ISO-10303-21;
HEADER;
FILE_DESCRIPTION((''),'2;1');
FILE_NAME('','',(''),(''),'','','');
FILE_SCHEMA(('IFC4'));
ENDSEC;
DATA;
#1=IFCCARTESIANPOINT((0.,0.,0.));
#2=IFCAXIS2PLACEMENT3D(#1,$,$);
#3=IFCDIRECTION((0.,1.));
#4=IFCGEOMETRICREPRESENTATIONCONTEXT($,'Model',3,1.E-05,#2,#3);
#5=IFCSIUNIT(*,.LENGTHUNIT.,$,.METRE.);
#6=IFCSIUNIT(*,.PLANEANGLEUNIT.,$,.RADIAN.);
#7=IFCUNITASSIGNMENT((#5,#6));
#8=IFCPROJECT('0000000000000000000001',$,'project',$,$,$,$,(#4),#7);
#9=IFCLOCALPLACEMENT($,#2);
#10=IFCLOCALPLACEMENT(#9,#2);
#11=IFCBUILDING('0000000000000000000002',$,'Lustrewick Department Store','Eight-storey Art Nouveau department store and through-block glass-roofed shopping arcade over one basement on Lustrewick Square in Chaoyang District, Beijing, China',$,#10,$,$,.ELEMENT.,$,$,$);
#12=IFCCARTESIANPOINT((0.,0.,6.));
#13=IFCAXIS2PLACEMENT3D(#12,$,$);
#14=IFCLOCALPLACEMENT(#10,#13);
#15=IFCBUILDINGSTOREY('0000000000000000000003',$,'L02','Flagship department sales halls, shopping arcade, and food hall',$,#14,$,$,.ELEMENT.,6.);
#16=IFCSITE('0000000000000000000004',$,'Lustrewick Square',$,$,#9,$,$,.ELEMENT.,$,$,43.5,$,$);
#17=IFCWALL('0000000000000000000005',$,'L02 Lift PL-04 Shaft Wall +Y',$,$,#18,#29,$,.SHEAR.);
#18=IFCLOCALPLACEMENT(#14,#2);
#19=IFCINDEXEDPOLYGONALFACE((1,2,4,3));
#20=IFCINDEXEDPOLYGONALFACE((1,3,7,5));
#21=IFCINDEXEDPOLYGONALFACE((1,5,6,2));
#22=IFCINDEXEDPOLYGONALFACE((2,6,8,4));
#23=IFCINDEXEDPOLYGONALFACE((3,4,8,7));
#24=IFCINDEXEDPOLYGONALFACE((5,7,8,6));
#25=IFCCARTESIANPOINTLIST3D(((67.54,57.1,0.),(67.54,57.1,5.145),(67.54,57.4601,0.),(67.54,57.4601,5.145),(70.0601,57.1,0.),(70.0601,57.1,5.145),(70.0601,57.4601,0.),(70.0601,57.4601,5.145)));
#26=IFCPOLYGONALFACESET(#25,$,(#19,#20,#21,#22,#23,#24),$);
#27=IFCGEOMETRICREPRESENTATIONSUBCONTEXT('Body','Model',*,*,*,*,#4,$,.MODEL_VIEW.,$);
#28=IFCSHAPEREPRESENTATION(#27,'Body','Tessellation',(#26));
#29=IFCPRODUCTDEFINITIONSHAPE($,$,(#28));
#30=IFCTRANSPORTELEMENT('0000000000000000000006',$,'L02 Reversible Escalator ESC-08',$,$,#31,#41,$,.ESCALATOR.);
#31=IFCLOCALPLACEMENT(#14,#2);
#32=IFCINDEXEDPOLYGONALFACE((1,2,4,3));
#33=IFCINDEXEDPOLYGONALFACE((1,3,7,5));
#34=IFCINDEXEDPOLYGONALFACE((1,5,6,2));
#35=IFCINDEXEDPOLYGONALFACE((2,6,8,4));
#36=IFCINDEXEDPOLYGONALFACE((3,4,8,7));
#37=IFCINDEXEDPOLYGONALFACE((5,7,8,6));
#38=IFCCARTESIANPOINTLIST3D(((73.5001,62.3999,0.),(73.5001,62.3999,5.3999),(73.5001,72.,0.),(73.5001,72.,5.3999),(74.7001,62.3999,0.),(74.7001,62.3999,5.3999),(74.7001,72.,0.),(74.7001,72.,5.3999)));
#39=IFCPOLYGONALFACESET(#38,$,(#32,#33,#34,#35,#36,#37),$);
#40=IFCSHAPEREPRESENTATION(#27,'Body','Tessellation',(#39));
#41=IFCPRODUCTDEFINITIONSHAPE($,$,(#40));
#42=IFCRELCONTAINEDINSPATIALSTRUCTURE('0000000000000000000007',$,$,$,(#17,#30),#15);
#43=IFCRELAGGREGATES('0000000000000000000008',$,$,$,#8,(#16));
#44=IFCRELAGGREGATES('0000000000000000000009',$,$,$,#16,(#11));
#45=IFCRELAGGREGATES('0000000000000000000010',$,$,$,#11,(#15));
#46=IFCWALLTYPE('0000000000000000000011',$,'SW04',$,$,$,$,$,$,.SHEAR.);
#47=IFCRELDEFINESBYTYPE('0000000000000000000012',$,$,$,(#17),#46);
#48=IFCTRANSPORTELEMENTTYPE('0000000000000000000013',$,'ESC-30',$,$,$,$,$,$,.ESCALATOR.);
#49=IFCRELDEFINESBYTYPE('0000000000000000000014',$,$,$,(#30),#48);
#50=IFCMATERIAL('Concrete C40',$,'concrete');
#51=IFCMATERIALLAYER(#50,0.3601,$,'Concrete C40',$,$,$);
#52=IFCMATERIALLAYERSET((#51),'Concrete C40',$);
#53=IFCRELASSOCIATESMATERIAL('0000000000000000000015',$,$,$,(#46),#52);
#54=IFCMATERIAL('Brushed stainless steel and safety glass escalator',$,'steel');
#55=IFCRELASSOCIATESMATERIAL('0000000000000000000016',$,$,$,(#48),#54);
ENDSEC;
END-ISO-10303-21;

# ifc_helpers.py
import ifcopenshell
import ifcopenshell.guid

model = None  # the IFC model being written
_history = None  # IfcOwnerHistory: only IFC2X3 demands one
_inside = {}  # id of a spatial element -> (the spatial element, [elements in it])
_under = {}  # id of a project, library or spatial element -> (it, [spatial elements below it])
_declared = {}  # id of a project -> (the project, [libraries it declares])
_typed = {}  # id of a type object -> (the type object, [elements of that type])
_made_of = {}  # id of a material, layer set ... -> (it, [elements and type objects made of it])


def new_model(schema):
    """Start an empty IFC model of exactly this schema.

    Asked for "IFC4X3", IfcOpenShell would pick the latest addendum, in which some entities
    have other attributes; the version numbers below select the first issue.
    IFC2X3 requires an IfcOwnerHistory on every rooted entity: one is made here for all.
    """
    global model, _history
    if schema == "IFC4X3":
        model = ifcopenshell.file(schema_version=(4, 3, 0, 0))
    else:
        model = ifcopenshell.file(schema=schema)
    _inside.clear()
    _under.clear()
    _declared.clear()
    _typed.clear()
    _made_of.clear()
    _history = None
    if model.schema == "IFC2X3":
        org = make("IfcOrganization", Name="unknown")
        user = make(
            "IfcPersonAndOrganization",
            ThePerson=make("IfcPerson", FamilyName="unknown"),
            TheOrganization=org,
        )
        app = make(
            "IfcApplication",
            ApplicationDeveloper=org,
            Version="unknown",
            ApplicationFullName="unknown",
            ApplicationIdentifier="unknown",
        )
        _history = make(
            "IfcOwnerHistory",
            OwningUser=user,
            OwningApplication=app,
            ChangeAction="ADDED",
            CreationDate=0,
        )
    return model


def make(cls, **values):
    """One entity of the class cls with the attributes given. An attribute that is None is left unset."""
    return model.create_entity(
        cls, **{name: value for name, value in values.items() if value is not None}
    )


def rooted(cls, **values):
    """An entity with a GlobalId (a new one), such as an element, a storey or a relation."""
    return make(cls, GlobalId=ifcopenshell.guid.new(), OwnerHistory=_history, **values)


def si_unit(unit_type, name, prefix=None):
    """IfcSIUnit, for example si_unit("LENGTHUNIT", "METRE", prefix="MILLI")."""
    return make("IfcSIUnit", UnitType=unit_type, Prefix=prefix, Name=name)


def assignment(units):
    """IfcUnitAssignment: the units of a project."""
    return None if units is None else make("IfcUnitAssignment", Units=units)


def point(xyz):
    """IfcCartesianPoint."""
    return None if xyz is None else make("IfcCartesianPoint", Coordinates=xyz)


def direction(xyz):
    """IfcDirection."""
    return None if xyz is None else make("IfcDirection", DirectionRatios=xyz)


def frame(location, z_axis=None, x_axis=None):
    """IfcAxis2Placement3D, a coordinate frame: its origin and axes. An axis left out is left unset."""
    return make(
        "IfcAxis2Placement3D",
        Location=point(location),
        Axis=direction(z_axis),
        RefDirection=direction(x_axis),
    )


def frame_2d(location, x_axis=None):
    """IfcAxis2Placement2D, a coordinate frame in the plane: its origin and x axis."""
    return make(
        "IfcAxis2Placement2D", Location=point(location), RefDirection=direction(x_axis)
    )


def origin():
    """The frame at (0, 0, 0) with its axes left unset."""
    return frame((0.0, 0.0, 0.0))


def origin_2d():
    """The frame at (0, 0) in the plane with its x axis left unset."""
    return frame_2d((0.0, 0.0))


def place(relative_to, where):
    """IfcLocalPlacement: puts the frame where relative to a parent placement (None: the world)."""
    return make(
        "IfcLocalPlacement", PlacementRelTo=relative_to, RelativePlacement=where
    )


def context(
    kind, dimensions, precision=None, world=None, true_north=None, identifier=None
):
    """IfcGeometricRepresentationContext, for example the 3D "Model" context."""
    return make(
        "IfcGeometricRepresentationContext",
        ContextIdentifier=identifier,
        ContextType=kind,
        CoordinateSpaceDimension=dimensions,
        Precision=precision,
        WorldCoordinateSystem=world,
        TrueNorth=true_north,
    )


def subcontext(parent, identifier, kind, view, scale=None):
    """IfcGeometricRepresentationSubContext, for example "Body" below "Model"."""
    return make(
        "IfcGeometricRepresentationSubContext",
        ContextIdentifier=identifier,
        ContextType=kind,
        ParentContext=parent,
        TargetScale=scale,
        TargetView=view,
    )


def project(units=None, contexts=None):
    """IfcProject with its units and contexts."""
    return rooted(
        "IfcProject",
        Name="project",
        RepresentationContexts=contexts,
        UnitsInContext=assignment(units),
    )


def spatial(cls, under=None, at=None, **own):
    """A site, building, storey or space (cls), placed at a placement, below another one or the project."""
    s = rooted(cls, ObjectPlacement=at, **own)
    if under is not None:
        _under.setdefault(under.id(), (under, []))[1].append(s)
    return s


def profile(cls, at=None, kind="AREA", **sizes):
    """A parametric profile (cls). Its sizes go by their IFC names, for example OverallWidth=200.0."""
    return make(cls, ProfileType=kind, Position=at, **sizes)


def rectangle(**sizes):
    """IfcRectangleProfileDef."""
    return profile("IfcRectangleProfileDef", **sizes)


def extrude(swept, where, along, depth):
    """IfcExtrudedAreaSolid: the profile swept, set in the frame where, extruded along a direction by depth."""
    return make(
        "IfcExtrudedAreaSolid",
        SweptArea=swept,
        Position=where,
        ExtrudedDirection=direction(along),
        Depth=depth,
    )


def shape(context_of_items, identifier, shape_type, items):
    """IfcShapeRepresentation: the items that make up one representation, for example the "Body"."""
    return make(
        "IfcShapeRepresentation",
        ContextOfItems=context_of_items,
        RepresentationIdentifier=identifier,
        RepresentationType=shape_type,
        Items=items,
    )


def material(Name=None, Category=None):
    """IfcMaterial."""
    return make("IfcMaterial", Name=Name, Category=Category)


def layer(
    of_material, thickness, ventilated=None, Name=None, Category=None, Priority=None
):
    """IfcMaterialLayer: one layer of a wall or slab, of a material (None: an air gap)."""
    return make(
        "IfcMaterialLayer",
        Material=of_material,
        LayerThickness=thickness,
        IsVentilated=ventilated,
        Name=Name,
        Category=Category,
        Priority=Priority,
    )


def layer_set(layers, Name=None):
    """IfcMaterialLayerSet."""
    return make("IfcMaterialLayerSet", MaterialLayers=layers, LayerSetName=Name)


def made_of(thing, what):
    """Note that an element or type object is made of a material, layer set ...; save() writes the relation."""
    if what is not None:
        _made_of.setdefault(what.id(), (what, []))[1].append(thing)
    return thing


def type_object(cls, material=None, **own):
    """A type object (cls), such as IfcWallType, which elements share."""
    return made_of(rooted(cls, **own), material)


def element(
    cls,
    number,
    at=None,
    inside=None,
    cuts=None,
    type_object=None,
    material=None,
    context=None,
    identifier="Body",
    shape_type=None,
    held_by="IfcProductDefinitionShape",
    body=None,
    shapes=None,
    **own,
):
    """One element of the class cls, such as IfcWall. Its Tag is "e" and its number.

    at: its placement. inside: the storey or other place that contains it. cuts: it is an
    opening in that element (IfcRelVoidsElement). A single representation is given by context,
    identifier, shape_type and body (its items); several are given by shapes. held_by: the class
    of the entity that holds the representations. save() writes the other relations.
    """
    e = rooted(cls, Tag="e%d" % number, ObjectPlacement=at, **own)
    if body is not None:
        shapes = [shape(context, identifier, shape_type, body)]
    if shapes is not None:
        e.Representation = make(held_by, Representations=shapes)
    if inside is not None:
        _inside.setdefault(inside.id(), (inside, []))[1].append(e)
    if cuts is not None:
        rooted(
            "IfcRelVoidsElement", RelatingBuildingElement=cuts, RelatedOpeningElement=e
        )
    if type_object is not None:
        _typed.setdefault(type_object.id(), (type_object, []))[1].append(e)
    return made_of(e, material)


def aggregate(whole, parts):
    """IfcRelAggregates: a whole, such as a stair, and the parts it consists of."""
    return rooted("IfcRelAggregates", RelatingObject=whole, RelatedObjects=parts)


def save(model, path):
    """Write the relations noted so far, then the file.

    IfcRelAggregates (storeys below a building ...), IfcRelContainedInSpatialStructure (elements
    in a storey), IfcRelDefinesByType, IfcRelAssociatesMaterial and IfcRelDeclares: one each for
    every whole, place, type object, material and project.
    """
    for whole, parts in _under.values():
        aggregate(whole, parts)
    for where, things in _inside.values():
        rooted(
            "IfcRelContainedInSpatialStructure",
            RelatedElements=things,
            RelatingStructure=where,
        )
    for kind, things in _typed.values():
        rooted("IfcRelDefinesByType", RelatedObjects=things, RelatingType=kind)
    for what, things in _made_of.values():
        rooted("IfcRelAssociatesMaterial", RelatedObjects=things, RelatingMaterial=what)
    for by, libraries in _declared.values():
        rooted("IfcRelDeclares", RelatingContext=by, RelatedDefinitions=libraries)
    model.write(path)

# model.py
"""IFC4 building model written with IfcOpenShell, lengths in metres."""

from ifc_helpers import new_model, si_unit, direction, frame, frame_2d, origin, origin_2d, place, context, subcontext, project, spatial, rectangle, extrude, material, layer, layer_set, type_object, element, save


model = new_model("IFC4")

# Units and contexts
model_context = context("Model", 3, precision=1e-05, world=origin(), true_north=direction((0.0, 1.0)))
body_context = subcontext(model_context, "Body", "Model", "MODEL_VIEW")
ifc_project = project(units=[si_unit("LENGTHUNIT", "METRE"), si_unit("PLANEANGLEUNIT", "RADIAN")], contexts=[model_context])

# Site, building, storey
site_placement = place(None, origin())
site = spatial("IfcSite", under=ifc_project, at=site_placement, Name="Lustrewick Square", CompositionType="ELEMENT", RefElevation=43.5)
building_placement = place(site_placement, origin())
building = spatial("IfcBuilding", under=site, at=building_placement, Name="Lustrewick Department Store", Description="Eight-storey Art Nouveau department store and through-block glass-roofed shopping arcade over one basement on Lustrewick Square in Chaoyang District, Beijing, China", CompositionType="ELEMENT")
storey_placement = place(building_placement, frame((0.0, 0.0, 6.0)))
storey = spatial("IfcBuildingStorey", under=building, at=storey_placement, Name="L02", Description="Flagship department sales halls, shopping arcade, and food hall", CompositionType="ELEMENT", Elevation=6.0)

# Shared definitions
ifc_material_1 = material(Name="Concrete C40", Category="concrete")

# Shared definitions
ifc_layer_1 = layer(ifc_material_1, 0.3601, Name="Concrete C40")
ifc_layer_set_1 = layer_set([ifc_layer_1], Name="Concrete C40")
wall_type_1 = type_object("IfcWallType", Name="SW04", PredefinedType="SHEAR", material=ifc_layer_set_1)

# Wall
for number, where, z_axis, x_axis, name in (
    (1, (70.0601, 57.28, 0.0), (0.0, 0.0, 1.0), (-1.0, 0.0, 0.0), "L02 Lift PL-04 Shaft Wall +Y"),
):
    element("IfcWall", number, at=place(storey_placement, frame(where, z_axis=z_axis, x_axis=x_axis)), inside=storey, type_object=wall_type_1, Name=name, PredefinedType="SHEAR", context=body_context, shape_type="SweptSolid", body=[
        extrude(rectangle(XDim=2.52, YDim=0.3601, at=frame_2d((1.26, 0.0))), origin(), (0.0, 0.0, 1.0), 5.145),
    ])

# Transport element
ifc_material_2 = material(Name="Brushed stainless steel and safety glass escalator", Category="steel")
transport_element_type = type_object("IfcTransportElementType", Name="ESC-30", PredefinedType="ESCALATOR", material=ifc_material_2)
transport_element_placement = place(storey_placement, frame((74.1001, 67.2, 0.0), z_axis=(0.0, 0.0, 1.0), x_axis=(1.0, 0.0, 0.0)))
element("IfcTransportElement", 2, at=transport_element_placement, inside=storey, type_object=transport_element_type, Name="L02 Reversible Escalator ESC-08", PredefinedType="ESCALATOR", context=body_context, shape_type="SweptSolid", body=[
    extrude(rectangle(XDim=1.2, YDim=9.6001, at=origin_2d()), origin(), (0.0, 0.0, 1.0), 5.3999),
])

save(model, "model.ifc")
